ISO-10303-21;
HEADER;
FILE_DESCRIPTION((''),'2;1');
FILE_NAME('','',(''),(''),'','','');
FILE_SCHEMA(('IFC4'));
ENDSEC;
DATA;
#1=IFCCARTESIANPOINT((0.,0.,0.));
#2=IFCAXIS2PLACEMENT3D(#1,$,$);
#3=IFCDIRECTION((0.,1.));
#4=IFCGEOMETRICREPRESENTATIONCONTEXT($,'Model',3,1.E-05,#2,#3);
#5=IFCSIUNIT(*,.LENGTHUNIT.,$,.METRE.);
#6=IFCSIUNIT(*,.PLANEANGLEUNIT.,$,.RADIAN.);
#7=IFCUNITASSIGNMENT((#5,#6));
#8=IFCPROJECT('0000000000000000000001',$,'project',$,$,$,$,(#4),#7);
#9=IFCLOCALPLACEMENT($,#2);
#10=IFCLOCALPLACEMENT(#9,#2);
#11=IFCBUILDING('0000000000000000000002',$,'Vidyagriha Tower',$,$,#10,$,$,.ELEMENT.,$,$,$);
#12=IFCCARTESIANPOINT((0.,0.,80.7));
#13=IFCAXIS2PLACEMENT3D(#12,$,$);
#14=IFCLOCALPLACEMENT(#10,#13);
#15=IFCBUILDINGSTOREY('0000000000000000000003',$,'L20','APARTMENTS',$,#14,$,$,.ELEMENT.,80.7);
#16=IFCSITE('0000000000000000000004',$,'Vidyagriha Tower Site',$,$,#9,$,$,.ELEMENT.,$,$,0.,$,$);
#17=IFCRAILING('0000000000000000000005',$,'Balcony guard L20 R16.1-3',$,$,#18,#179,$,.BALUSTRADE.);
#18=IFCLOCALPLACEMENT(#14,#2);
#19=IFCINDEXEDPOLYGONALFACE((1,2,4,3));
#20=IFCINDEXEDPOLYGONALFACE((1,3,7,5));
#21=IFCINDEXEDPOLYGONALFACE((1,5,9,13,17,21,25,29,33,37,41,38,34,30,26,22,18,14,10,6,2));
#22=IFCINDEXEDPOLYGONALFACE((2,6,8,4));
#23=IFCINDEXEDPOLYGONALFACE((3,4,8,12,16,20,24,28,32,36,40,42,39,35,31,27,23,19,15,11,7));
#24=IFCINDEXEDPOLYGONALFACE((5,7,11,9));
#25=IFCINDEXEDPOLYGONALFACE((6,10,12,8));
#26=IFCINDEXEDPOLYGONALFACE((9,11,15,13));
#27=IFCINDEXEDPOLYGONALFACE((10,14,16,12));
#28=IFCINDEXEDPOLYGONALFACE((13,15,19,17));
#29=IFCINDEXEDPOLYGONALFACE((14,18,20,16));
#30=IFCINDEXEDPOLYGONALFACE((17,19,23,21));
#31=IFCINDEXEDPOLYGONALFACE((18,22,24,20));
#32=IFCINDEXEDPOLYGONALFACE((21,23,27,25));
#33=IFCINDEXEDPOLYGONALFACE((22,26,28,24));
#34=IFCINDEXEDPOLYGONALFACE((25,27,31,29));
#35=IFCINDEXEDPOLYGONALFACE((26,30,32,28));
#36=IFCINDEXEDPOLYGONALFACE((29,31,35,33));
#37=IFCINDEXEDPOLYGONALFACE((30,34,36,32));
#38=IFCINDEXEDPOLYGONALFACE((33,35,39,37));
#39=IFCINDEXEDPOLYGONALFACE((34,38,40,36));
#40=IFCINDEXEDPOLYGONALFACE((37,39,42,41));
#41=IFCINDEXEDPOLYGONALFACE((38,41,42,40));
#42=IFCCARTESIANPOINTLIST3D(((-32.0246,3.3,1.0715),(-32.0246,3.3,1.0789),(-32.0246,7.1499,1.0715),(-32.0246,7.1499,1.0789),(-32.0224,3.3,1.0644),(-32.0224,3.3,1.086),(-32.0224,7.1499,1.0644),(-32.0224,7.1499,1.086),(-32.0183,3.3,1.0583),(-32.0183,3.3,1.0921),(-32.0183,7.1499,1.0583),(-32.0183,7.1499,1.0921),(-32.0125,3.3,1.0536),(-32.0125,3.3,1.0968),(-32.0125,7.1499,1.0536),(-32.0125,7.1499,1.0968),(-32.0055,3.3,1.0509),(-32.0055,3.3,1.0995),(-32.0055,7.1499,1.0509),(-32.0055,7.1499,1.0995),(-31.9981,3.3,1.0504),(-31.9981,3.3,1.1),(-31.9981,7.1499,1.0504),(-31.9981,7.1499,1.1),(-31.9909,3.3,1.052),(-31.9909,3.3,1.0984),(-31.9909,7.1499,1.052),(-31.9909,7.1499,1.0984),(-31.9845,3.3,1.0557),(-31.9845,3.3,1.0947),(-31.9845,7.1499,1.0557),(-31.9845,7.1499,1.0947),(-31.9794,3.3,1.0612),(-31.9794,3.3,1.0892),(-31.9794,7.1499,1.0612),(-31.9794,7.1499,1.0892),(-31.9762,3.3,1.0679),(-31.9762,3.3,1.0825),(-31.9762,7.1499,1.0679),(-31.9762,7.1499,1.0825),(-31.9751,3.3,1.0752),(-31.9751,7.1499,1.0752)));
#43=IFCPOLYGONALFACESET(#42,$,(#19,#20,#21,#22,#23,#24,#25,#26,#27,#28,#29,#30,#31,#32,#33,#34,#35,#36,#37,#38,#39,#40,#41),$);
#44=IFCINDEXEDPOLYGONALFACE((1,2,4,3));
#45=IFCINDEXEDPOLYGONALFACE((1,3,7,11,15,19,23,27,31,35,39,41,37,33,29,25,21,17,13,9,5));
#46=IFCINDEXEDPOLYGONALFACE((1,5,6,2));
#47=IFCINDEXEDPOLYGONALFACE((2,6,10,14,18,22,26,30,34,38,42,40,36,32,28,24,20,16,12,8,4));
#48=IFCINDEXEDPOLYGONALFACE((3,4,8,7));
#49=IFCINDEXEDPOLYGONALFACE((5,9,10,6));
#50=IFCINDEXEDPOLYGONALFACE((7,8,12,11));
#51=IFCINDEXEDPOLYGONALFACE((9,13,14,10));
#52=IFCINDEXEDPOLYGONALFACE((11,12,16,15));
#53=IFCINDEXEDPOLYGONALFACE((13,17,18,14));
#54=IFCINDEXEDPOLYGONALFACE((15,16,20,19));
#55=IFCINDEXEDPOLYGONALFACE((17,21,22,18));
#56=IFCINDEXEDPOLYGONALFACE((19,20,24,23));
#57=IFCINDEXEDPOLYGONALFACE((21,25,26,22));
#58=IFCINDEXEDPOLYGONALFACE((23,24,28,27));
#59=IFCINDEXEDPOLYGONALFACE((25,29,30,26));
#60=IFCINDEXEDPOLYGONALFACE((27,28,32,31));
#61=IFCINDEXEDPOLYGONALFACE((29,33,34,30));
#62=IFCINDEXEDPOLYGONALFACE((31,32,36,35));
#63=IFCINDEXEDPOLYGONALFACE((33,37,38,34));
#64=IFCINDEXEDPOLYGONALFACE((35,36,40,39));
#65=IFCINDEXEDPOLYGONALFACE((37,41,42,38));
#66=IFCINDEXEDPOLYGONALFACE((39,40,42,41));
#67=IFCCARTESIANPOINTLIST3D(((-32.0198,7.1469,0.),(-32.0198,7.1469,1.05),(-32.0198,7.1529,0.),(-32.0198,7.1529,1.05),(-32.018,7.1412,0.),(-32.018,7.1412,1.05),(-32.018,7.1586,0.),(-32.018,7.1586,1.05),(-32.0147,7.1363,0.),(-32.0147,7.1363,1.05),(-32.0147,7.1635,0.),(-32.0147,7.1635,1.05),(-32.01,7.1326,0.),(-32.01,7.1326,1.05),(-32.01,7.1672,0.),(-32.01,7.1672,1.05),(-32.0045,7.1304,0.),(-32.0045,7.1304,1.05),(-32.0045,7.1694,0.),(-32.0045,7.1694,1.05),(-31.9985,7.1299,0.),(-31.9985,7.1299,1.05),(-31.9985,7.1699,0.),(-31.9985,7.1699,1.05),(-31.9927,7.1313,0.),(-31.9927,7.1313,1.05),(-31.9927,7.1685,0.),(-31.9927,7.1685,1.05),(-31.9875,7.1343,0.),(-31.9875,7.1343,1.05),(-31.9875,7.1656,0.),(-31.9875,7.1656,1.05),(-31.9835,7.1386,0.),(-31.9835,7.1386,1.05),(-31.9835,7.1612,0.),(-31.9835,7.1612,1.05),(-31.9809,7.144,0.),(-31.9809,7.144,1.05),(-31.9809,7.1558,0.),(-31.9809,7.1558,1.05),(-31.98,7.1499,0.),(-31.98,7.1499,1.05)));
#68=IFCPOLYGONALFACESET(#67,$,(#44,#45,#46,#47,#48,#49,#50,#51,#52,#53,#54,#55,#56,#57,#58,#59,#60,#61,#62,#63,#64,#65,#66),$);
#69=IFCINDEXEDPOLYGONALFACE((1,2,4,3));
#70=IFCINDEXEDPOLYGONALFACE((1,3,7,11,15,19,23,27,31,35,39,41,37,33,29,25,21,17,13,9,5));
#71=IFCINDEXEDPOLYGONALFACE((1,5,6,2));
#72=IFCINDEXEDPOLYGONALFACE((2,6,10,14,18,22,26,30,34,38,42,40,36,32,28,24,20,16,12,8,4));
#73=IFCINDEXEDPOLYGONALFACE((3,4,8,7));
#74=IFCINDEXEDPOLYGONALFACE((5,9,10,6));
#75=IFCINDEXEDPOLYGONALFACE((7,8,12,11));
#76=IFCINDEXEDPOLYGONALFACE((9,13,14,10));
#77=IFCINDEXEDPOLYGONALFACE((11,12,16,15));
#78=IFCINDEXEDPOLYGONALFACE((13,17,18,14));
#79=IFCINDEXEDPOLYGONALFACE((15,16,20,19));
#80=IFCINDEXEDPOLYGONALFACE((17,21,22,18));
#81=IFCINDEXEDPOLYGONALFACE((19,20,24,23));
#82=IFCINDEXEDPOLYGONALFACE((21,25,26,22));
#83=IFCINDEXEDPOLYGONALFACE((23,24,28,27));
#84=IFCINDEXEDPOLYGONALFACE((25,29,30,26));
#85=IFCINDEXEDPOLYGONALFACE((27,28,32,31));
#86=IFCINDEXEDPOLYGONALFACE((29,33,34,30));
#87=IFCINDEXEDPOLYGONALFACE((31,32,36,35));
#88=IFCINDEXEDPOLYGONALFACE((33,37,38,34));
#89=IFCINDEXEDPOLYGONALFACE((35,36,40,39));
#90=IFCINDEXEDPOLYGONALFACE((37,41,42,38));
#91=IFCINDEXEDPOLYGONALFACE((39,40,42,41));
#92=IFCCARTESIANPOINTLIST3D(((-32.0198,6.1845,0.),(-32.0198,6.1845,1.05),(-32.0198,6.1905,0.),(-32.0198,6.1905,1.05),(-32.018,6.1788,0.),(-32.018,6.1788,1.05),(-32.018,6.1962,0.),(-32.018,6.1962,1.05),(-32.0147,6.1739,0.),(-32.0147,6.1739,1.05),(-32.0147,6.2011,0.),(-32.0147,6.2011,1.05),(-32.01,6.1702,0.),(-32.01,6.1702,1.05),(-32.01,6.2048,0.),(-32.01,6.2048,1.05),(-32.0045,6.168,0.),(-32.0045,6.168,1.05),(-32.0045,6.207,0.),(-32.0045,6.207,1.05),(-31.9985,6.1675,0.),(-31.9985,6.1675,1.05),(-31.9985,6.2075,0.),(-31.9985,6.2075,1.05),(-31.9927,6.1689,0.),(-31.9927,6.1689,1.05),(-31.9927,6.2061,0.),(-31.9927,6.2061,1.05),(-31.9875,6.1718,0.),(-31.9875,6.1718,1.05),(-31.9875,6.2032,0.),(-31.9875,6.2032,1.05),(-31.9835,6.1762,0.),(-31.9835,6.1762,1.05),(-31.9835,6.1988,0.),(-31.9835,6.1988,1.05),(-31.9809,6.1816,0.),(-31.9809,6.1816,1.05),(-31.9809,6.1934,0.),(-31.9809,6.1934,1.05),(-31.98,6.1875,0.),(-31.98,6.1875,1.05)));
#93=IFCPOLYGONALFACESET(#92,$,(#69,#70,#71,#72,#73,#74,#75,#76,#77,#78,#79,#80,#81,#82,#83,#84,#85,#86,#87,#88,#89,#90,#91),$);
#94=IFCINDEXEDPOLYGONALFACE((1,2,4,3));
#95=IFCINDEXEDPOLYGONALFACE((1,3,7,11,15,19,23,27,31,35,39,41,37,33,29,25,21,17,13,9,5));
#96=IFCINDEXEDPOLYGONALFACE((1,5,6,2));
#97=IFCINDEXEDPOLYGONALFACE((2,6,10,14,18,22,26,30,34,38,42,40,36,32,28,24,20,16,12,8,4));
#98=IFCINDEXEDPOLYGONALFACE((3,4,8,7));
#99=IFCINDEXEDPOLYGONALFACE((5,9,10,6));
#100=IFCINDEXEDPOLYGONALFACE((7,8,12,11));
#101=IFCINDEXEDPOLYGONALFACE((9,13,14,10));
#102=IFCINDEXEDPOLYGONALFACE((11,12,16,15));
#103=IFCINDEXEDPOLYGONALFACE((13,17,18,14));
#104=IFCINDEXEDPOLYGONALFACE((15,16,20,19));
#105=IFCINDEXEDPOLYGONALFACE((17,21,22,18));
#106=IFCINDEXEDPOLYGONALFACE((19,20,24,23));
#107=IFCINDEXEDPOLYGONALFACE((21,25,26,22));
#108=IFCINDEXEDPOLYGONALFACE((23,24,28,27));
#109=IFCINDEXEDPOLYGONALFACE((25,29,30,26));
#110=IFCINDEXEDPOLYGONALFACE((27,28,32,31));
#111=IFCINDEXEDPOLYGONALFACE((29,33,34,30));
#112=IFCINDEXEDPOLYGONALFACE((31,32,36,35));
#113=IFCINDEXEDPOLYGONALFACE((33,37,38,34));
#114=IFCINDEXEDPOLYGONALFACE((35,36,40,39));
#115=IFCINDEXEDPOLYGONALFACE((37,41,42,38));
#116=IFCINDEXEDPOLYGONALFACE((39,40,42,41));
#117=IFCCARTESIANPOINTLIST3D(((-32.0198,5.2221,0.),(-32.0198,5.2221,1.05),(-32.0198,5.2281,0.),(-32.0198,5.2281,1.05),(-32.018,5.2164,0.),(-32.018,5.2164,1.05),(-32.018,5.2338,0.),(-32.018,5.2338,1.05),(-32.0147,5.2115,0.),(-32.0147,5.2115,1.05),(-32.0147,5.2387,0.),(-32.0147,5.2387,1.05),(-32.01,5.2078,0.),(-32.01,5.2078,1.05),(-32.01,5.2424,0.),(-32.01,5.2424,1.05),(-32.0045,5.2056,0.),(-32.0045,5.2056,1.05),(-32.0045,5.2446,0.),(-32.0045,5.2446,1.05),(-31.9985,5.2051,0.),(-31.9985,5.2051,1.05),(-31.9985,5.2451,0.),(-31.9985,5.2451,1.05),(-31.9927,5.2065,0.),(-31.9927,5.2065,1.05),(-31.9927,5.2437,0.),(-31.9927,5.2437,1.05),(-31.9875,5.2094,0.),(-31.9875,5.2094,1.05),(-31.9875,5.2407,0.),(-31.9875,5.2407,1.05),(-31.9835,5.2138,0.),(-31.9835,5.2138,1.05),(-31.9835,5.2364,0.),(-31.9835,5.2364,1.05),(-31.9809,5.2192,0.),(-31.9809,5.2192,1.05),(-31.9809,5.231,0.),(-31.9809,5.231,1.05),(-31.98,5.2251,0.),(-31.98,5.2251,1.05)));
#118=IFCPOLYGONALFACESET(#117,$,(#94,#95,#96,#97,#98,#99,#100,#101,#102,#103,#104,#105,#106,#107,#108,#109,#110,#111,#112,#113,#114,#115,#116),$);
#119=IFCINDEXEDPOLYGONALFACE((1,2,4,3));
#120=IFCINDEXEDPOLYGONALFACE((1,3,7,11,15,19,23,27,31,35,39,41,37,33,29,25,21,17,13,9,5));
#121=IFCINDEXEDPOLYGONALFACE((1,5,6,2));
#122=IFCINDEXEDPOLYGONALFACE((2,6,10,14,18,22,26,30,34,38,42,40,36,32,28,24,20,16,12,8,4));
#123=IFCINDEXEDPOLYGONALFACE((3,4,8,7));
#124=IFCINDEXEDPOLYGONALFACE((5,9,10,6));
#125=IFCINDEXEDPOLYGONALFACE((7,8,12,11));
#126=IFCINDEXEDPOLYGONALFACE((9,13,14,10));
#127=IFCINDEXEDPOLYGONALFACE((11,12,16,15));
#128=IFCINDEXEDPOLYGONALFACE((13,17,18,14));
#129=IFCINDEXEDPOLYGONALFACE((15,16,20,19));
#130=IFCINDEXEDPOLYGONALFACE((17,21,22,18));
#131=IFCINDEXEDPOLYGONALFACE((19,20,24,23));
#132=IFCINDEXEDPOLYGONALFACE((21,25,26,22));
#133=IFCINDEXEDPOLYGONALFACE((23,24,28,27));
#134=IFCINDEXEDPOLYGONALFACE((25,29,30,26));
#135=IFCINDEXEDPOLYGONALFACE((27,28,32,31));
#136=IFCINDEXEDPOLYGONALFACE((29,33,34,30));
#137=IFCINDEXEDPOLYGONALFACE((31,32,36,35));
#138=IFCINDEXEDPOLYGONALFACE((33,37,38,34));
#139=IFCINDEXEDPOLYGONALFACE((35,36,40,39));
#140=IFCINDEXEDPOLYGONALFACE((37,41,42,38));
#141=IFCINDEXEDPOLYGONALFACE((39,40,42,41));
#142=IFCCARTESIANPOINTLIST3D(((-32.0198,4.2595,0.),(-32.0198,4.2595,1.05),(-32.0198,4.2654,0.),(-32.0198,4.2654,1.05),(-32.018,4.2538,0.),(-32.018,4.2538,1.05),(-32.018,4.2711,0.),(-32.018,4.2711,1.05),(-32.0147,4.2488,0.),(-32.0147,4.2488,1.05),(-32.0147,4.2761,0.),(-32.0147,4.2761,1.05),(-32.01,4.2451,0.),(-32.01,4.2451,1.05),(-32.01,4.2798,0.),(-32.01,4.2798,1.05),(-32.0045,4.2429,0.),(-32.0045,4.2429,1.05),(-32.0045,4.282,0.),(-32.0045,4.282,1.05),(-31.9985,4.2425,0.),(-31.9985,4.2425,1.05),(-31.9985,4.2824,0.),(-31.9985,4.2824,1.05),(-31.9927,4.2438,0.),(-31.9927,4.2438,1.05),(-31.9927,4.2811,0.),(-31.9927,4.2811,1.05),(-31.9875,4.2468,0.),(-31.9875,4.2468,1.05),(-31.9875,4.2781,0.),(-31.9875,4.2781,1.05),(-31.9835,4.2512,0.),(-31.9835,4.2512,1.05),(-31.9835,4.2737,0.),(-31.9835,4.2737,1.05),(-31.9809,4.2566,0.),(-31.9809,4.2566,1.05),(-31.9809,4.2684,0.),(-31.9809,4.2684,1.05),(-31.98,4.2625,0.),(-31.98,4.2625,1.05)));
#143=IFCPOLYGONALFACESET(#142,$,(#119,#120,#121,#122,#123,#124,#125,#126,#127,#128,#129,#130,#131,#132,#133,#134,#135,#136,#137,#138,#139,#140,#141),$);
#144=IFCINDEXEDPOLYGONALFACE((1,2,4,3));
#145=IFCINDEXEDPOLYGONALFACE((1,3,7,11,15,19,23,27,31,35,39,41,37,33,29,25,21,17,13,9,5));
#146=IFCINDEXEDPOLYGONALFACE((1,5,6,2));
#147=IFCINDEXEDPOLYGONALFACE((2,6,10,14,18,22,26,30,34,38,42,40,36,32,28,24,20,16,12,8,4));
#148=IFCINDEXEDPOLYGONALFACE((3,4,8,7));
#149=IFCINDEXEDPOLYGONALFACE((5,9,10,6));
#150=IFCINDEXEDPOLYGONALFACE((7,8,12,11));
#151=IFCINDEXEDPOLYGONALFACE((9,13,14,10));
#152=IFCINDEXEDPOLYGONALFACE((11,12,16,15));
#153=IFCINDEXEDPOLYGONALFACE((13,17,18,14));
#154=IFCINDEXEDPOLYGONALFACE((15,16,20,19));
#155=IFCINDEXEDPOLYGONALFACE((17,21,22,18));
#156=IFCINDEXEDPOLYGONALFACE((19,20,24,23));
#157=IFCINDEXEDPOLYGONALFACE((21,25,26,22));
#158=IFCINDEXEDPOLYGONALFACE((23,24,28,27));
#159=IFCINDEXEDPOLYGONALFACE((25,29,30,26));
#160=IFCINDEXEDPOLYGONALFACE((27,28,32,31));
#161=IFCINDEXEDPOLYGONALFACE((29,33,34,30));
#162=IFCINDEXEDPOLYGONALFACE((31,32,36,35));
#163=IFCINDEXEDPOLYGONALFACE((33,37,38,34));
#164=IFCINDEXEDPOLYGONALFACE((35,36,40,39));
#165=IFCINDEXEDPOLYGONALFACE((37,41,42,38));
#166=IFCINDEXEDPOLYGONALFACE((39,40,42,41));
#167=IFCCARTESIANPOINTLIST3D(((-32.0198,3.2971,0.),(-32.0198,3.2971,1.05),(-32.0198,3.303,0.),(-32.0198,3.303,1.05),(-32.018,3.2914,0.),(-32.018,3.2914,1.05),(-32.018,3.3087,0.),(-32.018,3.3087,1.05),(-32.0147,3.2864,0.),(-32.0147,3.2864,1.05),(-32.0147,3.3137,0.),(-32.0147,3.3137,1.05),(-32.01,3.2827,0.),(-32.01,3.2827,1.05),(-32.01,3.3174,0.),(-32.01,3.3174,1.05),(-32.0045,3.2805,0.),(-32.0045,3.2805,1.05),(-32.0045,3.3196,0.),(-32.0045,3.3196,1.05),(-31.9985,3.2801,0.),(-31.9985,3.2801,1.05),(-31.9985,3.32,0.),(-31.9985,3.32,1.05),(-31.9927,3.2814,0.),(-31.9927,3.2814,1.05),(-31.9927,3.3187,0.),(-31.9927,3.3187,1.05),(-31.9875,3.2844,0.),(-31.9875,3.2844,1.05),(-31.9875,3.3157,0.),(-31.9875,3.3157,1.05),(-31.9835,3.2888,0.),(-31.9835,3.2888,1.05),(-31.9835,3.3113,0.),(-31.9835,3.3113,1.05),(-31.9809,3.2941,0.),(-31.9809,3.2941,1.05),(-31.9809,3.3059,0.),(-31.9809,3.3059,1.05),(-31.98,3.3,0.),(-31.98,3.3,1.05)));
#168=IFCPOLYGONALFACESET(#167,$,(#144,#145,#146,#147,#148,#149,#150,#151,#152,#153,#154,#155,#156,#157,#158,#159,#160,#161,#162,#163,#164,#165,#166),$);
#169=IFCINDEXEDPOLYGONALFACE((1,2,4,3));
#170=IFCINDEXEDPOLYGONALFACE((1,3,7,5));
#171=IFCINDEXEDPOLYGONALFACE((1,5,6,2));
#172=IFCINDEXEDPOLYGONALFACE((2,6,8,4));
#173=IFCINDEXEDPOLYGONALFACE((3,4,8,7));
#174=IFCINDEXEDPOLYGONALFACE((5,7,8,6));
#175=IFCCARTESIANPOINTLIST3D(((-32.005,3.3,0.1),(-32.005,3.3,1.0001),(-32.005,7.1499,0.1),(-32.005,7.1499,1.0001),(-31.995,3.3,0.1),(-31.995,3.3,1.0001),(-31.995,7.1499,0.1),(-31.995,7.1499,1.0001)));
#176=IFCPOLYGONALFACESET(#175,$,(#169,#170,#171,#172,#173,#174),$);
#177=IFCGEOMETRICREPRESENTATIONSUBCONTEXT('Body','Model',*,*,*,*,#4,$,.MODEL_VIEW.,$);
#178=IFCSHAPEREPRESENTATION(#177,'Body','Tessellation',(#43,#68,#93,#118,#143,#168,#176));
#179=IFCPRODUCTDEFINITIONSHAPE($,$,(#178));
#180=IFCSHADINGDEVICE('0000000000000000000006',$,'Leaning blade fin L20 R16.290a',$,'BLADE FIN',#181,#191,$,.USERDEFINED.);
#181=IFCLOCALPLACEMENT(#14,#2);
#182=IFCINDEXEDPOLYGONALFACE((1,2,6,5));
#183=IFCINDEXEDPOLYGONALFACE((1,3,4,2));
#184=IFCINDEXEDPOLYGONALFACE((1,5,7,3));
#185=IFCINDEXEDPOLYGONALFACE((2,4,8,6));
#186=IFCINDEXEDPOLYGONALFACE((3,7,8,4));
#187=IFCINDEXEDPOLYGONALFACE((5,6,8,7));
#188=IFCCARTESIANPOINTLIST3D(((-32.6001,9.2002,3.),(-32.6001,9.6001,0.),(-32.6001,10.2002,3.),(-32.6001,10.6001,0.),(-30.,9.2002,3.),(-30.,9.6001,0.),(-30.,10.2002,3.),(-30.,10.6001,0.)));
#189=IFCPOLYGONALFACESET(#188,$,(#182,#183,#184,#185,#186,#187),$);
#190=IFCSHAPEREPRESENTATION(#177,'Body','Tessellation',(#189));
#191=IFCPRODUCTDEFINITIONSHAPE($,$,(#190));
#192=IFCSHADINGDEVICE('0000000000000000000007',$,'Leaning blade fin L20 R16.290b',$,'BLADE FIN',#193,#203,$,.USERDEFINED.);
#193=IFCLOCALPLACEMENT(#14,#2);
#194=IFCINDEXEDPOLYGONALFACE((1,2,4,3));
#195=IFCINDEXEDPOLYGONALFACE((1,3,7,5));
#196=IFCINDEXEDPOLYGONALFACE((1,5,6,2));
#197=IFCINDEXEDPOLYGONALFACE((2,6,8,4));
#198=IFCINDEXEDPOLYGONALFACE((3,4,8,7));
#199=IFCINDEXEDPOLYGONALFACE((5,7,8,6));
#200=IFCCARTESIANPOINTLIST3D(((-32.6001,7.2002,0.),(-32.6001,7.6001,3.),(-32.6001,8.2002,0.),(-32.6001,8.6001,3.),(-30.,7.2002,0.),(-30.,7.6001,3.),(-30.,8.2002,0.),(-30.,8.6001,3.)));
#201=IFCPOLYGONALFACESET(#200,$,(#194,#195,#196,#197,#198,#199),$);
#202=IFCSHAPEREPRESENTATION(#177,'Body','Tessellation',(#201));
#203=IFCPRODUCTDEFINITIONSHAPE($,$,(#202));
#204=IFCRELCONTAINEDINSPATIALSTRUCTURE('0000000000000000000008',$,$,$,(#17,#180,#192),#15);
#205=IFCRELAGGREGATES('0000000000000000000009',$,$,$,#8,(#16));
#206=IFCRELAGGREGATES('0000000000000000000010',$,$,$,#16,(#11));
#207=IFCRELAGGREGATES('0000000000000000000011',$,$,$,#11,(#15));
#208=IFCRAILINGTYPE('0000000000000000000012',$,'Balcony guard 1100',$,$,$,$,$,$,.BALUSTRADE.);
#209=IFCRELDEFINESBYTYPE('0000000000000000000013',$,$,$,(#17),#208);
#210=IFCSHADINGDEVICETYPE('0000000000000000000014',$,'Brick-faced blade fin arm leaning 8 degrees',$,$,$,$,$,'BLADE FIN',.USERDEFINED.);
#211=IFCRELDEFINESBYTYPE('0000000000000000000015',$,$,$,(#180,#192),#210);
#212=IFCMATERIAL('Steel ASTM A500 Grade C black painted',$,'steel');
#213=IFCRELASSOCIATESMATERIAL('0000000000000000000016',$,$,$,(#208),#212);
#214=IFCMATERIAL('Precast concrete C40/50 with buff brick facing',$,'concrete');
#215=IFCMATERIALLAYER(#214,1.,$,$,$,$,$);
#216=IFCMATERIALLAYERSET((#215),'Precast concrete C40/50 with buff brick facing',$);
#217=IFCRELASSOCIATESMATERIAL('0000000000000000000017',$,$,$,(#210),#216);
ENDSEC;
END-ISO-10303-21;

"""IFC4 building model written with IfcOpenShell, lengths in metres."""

from ifc_helpers import new_model, si_unit, direction, frame, origin, origin_2d, place, context, subcontext, project, spatial, polyline, rectangle, circle, outline, extrude, material, layer, layer_set, type_object, element, save


model = new_model("IFC4")

# Units and contexts
model_context = context("Model", 3, precision=1e-05, world=origin(), true_north=direction((0.0, 1.0)))
body_context = subcontext(model_context, "Body", "Model", "MODEL_VIEW")
ifc_project = project(units=[si_unit("LENGTHUNIT", "METRE"), si_unit("PLANEANGLEUNIT", "RADIAN")], contexts=[model_context])

# Site, building, storey
site_placement = place(None, origin())
site = spatial("IfcSite", under=ifc_project, at=site_placement, Name="Vidyagriha Tower Site", CompositionType="ELEMENT", RefElevation=0.0)
building_placement = place(site_placement, origin())
building = spatial("IfcBuilding", under=site, at=building_placement, Name="Vidyagriha Tower", CompositionType="ELEMENT")
storey_placement = place(building_placement, frame((0.0, 0.0, 80.7)))
storey = spatial("IfcBuildingStorey", under=building, at=storey_placement, Name="L20", Description="APARTMENTS", CompositionType="ELEMENT", Elevation=80.7)

# Railing
ifc_material_1 = material(Name="Steel ASTM A500 Grade C black painted", Category="steel")
railing_type_1 = type_object("IfcRailingType", Name="Balcony guard 1100", PredefinedType="BALUSTRADE", material=ifc_material_1)
railing_1_placement = place(storey_placement, frame((-32.0, 7.1499, 0.0)))
element("IfcRailing", 1, at=railing_1_placement, inside=storey, type_object=railing_type_1, Name="Balcony guard L20 R16.1-3", PredefinedType="BALUSTRADE", context=body_context, shape_type="SweptSolid", body=[
    extrude(circle(Radius=0.0249, at=origin_2d()), frame((0.0, 0.0, 1.0752), z_axis=(0.0, -1.0, 0.0), x_axis=(1.0, 0.0, 0.0)), (0.0, 0.0, 1.0), 3.8499),
    extrude(circle(Radius=0.02, at=origin_2d()), origin(), (0.0, 0.0, 1.0), 1.05),
    extrude(circle(Radius=0.02, at=origin_2d()), frame((0.0, -0.9624, 0.0)), (0.0, 0.0, 1.0), 1.05),
    extrude(circle(Radius=0.02, at=origin_2d()), frame((0.0, -1.9248, 0.0)), (0.0, 0.0, 1.0), 1.05),
    extrude(circle(Radius=0.02, at=origin_2d()), frame((0.0, -2.8875, 0.0)), (0.0, 0.0, 1.0), 1.05),
    extrude(circle(Radius=0.02, at=origin_2d()), frame((0.0, -3.8499, 0.0)), (0.0, 0.0, 1.0), 1.05),
    extrude(rectangle(XDim=0.01, YDim=0.9001, at=origin_2d()), frame((0.0, 0.0, 0.55), z_axis=(0.0, -1.0, 0.0), x_axis=(1.0, 0.0, 0.0)), (0.0, 0.0, 1.0), 3.8499),
])

# Shading devices
ifc_material_2 = material(Name="Precast concrete C40/50 with buff brick facing", Category="concrete")
ifc_layer_1 = layer(ifc_material_2, 1.0)
ifc_layer_set_1 = layer_set([ifc_layer_1], Name="Precast concrete C40/50 with buff brick facing")
shading_device_type_1 = type_object("IfcShadingDeviceType", Name="Brick-faced blade fin arm leaning 8 degrees", ElementType="BLADE FIN", PredefinedType="USERDEFINED", material=ifc_layer_set_1)
shading_device_1_placement = place(storey_placement, frame((-31.3, 10.6001, 0.0), z_axis=(0.0, 0.0, 1.0), x_axis=(0.0, -1.0, 0.0)))
element("IfcShadingDevice", 2, at=shading_device_1_placement, inside=storey, type_object=shading_device_type_1, Name="Leaning blade fin L20 R16.290a", ObjectType="BLADE FIN", PredefinedType="USERDEFINED", context=body_context, shape_type="SweptSolid", body=[
    extrude(outline(polyline([(0.0, 0.0), (1.0, 0.0), (1.3999, 3.0), (0.3999, 3.0), (0.0, 0.0)])), frame((0.0, 1.3, 0.0), z_axis=(0.0, -1.0, 0.0), x_axis=(1.0, 0.0, 0.0)), (0.0, 0.0, 1.0), 2.6001),
])
shading_device_2_placement = place(storey_placement, frame((-31.3, 8.6001, 0.0), z_axis=(0.0, 0.0, 1.0), x_axis=(0.0, -1.0, 0.0)))
element("IfcShadingDevice", 3, at=shading_device_2_placement, inside=storey, type_object=shading_device_type_1, Name="Leaning blade fin L20 R16.290b", ObjectType="BLADE FIN", PredefinedType="USERDEFINED", context=body_context, shape_type="SweptSolid", body=[
    extrude(outline(polyline([(0.3999, 0.0), (1.3999, 0.0), (1.0, 3.0), (0.0, 3.0), (0.3999, 0.0)])), frame((0.0, 1.3, 0.0), z_axis=(0.0, -1.0, 0.0), x_axis=(1.0, 0.0, 0.0)), (0.0, 0.0, 1.0), 2.6001),
])

save(model, "model.ifc")
